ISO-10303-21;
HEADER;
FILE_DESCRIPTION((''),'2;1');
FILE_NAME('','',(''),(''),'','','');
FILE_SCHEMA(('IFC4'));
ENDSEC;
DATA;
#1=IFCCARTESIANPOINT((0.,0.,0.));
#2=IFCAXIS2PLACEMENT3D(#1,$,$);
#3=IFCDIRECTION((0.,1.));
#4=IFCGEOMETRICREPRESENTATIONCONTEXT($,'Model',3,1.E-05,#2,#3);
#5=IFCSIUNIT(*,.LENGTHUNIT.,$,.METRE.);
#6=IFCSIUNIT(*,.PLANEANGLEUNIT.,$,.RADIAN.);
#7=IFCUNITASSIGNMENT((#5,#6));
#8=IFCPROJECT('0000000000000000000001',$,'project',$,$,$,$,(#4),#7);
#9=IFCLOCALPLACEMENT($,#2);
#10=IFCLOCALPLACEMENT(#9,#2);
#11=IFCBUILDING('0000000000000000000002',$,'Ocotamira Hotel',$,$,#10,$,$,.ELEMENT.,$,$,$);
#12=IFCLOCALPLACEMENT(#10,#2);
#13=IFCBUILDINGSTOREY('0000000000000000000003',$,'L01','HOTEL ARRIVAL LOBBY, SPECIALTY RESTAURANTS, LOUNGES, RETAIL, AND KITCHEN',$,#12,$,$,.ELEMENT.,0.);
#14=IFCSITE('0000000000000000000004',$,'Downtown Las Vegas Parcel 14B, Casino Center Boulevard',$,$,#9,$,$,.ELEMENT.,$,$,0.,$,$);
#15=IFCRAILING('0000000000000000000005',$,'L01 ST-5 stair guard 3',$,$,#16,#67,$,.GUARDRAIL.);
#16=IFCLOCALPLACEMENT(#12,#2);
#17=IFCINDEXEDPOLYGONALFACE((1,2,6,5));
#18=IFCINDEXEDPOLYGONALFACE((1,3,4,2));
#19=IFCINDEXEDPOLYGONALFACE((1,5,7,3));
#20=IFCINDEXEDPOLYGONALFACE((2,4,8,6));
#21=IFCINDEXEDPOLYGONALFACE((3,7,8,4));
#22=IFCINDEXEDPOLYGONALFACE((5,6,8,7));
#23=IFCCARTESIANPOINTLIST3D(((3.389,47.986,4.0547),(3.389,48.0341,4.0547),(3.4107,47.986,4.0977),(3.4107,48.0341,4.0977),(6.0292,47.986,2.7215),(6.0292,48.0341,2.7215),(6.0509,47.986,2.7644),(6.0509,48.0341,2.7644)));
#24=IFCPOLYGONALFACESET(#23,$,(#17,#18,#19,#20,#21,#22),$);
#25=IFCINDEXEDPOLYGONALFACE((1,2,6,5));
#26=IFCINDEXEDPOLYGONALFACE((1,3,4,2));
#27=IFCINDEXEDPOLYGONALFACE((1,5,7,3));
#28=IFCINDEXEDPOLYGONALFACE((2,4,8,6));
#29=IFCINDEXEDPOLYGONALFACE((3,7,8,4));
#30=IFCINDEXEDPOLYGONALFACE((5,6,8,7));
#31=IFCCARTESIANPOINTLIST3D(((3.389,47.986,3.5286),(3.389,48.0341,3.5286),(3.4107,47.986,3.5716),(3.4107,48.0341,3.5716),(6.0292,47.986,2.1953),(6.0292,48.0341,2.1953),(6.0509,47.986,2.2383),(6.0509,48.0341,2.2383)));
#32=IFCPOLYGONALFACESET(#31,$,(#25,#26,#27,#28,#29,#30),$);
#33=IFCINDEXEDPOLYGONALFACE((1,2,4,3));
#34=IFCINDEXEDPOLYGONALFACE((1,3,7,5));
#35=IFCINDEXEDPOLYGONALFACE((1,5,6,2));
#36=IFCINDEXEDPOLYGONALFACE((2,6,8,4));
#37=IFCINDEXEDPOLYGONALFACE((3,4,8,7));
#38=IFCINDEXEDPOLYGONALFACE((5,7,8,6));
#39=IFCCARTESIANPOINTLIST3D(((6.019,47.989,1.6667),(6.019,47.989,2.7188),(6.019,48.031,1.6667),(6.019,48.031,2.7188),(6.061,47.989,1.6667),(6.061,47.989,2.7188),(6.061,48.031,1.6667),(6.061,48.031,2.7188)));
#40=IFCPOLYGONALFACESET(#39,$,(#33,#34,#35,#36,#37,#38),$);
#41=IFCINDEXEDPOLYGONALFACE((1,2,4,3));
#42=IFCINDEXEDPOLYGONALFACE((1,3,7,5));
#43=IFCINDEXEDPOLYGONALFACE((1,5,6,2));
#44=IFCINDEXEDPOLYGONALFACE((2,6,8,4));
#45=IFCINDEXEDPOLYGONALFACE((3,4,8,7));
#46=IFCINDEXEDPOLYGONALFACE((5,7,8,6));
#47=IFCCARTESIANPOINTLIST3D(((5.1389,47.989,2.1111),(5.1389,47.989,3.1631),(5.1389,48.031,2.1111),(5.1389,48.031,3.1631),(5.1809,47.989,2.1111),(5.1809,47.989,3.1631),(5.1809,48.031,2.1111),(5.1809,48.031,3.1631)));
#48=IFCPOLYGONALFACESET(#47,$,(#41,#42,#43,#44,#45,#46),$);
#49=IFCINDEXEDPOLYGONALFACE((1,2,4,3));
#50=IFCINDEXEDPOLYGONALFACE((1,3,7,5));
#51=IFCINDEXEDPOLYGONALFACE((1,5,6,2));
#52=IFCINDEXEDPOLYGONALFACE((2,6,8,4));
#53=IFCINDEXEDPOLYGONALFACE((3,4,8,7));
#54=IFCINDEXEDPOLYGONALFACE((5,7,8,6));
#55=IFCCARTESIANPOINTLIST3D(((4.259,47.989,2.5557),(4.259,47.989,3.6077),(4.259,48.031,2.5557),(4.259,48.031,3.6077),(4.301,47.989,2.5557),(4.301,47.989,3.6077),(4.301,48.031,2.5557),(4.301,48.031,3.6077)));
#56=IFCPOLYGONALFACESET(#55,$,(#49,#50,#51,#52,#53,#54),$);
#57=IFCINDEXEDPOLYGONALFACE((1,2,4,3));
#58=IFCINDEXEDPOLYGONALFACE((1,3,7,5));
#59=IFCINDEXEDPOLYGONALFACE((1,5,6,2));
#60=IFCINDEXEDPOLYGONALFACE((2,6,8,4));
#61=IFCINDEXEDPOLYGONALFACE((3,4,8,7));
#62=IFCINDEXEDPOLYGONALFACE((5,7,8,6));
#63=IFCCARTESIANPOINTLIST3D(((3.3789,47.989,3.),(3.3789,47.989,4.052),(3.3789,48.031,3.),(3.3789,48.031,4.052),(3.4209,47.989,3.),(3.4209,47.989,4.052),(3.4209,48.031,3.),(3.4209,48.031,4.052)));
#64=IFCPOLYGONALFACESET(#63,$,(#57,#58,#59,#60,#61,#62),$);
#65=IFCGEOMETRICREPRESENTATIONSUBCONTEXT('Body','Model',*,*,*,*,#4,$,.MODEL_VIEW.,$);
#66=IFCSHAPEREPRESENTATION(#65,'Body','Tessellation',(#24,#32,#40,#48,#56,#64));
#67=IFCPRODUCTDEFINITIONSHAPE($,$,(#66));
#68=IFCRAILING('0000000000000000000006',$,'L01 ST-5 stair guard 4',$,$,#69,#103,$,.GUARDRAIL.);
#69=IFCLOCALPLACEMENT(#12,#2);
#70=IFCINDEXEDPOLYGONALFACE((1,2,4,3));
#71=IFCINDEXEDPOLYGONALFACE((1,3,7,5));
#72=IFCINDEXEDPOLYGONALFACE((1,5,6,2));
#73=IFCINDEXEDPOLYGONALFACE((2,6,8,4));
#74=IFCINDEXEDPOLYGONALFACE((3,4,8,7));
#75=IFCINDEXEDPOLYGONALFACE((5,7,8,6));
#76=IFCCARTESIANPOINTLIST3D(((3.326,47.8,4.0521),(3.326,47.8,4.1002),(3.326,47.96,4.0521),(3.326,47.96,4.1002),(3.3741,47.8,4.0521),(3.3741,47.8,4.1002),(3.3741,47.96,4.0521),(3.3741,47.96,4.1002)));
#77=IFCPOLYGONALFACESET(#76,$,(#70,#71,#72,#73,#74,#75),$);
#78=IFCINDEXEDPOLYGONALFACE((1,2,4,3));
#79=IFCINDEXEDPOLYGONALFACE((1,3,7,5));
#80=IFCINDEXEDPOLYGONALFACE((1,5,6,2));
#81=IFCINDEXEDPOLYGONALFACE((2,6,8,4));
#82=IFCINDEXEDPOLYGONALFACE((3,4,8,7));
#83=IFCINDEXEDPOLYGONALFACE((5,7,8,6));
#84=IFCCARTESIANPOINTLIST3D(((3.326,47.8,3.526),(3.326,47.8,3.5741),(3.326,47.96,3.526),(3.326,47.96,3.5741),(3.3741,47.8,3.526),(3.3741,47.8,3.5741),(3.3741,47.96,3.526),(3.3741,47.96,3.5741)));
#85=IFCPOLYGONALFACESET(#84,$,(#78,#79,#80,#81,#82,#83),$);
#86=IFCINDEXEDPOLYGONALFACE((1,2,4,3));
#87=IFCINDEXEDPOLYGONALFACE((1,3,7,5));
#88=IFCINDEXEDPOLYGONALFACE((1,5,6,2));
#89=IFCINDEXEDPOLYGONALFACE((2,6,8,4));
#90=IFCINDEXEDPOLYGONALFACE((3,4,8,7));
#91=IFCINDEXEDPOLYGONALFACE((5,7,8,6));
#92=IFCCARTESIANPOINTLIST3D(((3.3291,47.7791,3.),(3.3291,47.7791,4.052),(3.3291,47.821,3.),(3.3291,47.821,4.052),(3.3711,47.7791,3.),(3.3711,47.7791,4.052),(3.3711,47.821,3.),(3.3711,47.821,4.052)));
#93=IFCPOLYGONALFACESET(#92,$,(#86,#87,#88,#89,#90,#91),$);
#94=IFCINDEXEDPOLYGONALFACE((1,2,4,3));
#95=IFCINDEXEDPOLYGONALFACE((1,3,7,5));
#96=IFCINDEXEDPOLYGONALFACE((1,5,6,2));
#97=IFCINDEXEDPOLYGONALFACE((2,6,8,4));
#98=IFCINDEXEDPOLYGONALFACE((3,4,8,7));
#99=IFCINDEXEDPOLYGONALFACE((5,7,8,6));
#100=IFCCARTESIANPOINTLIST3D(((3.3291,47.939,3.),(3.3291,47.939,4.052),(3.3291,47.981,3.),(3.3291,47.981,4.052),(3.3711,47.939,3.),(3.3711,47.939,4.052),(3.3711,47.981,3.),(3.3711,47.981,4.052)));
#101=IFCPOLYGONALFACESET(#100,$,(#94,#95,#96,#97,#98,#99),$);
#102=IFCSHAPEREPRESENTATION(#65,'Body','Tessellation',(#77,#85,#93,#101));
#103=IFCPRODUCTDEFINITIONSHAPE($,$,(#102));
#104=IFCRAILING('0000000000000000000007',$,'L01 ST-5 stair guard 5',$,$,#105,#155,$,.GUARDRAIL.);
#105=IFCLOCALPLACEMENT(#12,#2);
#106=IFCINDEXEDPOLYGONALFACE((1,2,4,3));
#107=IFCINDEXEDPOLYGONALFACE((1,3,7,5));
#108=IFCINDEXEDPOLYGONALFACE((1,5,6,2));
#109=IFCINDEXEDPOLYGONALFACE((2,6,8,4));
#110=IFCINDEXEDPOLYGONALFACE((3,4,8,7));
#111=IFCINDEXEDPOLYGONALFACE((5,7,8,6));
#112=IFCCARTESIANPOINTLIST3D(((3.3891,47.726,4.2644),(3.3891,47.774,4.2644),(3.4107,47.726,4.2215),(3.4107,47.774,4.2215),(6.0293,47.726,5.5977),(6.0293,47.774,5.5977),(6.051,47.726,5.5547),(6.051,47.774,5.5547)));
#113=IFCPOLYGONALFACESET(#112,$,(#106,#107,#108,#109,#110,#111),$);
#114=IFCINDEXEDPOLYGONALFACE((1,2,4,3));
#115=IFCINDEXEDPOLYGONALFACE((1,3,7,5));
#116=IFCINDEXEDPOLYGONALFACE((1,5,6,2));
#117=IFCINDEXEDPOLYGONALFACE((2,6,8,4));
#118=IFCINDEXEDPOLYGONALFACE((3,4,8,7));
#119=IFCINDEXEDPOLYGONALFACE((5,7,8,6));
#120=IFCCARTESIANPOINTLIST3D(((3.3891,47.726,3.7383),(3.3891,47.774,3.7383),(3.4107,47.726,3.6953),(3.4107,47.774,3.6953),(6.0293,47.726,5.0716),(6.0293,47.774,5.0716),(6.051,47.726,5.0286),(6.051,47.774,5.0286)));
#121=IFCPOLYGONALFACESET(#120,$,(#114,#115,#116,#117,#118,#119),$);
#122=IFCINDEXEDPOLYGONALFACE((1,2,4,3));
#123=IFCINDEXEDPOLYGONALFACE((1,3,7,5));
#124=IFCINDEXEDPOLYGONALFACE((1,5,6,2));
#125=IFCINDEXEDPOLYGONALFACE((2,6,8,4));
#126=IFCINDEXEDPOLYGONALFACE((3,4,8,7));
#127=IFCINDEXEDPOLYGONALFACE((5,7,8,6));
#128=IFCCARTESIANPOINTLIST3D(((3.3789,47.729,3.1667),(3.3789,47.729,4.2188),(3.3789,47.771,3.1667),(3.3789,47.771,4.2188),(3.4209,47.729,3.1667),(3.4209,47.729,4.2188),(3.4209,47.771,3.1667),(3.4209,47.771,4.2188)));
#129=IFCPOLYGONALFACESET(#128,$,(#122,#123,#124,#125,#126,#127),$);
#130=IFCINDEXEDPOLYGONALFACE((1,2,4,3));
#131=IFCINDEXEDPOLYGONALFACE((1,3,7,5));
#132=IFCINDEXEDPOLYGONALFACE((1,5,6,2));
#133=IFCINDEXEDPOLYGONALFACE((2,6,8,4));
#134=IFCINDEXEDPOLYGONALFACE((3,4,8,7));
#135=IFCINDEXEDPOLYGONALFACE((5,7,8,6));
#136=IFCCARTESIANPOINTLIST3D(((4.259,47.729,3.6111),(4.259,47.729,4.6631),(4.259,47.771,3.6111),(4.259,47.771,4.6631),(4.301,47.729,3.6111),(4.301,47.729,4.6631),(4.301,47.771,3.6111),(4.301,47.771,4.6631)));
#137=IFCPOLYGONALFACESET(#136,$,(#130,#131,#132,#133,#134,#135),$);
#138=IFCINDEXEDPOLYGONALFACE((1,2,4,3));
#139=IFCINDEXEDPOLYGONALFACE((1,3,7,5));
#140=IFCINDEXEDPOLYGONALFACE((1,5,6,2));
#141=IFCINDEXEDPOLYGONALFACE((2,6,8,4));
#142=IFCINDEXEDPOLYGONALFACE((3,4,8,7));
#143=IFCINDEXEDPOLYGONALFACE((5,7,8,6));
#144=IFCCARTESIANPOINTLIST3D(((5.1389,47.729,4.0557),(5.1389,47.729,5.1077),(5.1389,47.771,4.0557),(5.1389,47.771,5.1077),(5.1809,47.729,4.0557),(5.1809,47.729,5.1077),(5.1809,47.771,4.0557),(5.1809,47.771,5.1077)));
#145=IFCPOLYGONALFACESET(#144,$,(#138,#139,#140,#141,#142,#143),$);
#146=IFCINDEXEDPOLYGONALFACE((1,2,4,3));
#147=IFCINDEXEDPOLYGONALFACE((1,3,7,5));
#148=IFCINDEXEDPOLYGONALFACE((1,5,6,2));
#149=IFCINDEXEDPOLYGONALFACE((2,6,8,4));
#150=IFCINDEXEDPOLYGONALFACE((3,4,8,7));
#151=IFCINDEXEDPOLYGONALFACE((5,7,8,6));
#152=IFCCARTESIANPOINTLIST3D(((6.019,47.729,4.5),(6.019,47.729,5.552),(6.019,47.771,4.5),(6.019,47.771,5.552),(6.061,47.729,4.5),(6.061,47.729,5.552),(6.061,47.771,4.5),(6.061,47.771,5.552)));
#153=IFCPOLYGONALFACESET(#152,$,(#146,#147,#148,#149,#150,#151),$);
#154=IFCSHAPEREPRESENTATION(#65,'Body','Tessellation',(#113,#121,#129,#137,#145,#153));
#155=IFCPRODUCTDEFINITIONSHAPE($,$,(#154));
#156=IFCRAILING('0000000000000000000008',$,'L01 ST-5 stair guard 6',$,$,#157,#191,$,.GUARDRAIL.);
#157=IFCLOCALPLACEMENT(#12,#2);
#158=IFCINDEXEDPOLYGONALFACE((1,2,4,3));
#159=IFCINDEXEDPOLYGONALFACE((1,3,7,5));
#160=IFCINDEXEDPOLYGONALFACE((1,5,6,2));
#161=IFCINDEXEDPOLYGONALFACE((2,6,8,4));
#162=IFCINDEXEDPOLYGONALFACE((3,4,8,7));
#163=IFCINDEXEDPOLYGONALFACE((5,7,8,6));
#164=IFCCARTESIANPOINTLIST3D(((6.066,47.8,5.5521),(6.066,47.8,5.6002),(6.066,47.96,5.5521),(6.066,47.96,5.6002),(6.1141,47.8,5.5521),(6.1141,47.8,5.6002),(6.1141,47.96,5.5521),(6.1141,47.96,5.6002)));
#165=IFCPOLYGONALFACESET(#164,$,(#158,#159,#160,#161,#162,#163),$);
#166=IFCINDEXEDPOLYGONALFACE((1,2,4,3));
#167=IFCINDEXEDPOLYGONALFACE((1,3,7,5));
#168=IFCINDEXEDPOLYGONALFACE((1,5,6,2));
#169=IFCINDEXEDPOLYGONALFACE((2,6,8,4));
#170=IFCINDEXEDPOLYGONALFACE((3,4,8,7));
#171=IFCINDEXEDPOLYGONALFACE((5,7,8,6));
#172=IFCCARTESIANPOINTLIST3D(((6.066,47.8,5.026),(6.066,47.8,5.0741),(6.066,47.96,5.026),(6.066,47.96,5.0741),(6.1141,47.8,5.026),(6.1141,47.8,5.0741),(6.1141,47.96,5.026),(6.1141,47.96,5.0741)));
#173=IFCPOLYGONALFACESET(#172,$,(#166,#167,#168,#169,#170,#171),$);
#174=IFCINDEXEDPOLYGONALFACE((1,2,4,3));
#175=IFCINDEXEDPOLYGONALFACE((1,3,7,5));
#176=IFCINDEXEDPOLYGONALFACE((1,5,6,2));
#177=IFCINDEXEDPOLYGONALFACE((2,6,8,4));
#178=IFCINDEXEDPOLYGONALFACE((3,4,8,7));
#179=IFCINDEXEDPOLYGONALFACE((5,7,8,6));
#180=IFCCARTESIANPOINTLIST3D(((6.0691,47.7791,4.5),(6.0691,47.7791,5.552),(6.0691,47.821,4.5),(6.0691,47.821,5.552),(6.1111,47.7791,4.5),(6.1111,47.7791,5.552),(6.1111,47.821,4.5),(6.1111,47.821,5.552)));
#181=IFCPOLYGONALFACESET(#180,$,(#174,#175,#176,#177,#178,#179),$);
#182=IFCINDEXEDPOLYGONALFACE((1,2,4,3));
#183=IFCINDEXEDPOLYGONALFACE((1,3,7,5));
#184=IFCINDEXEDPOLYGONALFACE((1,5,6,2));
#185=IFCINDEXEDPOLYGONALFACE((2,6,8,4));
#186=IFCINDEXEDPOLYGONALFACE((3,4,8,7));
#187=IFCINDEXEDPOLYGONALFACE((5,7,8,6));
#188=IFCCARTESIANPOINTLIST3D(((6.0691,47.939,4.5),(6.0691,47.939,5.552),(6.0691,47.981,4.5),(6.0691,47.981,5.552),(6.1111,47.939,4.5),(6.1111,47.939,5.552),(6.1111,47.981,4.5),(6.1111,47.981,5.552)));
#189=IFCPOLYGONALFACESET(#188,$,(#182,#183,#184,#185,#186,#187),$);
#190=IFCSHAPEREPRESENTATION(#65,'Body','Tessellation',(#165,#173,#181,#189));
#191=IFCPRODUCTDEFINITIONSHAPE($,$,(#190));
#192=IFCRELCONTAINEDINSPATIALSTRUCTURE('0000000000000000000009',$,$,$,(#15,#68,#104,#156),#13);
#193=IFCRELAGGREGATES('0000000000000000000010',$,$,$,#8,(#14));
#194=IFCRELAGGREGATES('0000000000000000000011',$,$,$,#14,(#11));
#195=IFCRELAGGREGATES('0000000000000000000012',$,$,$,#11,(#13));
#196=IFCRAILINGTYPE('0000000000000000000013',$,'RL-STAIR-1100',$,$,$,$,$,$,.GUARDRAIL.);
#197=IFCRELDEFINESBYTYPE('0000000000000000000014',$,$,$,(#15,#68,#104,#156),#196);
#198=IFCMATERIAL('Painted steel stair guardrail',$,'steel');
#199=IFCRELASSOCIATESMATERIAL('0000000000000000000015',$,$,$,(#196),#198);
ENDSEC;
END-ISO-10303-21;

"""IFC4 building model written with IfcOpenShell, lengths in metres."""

from ifc_helpers import new_model, si_unit, direction, frame, origin, origin_2d, place, context, subcontext, project, spatial, rectangle, extrude, material, type_object, element, save


model = new_model("IFC4")

# Units and contexts
model_context = context("Model", 3, precision=1e-05, world=origin(), true_north=direction((0.0, 1.0)))
body_context = subcontext(model_context, "Body", "Model", "MODEL_VIEW")
ifc_project = project(units=[si_unit("LENGTHUNIT", "METRE"), si_unit("PLANEANGLEUNIT", "RADIAN")], contexts=[model_context])

# Site, building, storey
site_placement = place(None, origin())
site = spatial("IfcSite", under=ifc_project, at=site_placement, Name="Downtown Las Vegas Parcel 14B, Casino Center Boulevard", CompositionType="ELEMENT", RefElevation=0.0)
building_placement = place(site_placement, origin())
building = spatial("IfcBuilding", under=site, at=building_placement, Name="Ocotamira Hotel", CompositionType="ELEMENT")
storey_placement = place(building_placement, origin())
storey = spatial("IfcBuildingStorey", under=building, at=storey_placement, Name="L01", Description="HOTEL ARRIVAL LOBBY, SPECIALTY RESTAURANTS, LOUNGES, RETAIL, AND KITCHEN", CompositionType="ELEMENT", Elevation=0.0)

# Railings
ifc_material_1 = material(Name="Painted steel stair guardrail", Category="steel")
railing_type_1 = type_object("IfcRailingType", Name="RL-STAIR-1100", PredefinedType="GUARDRAIL", material=ifc_material_1)
railing_1_placement = place(storey_placement, frame((6.04, 48.01, 1.6667)))
element("IfcRailing", 1, at=railing_1_placement, inside=storey, type_object=railing_type_1, Name="L01 ST-5 stair guard 3", PredefinedType="GUARDRAIL", context=body_context, shape_type="SweptSolid", body=[
    extrude(rectangle(XDim=0.0481, YDim=0.0481, at=origin_2d()), frame((0.0, 0.0, 1.0762), z_axis=(-0.892637, 0.0, 0.450776), x_axis=(0.0, -1.0, 0.0)), (0.0, 0.0, 1.0), 2.9578),
    extrude(rectangle(XDim=0.0481, YDim=0.0481, at=origin_2d()), frame((0.0, 0.0, 0.55), z_axis=(-0.892637, 0.0, 0.450776), x_axis=(0.0, -1.0, 0.0)), (0.0, 0.0, 1.0), 2.9578),
    extrude(rectangle(XDim=0.042, YDim=0.042, at=origin_2d()), origin(), (0.0, 0.0, 1.0), 1.052),
    extrude(rectangle(XDim=0.042, YDim=0.042, at=origin_2d()), frame((-0.8801, 0.0, 0.4443)), (0.0, 0.0, 1.0), 1.052),
    extrude(rectangle(XDim=0.042, YDim=0.042, at=origin_2d()), frame((-1.76, 0.0, 0.8889)), (0.0, 0.0, 1.0), 1.052),
    extrude(rectangle(XDim=0.042, YDim=0.042, at=origin_2d()), frame((-2.6401, 0.0, 1.3333)), (0.0, 0.0, 1.0), 1.052),
])
railing_2_placement = place(storey_placement, frame((3.3501, 47.8, 3.0)))
element("IfcRailing", 2, at=railing_2_placement, inside=storey, type_object=railing_type_1, Name="L01 ST-5 stair guard 4", PredefinedType="GUARDRAIL", context=body_context, shape_type="SweptSolid", body=[
    extrude(rectangle(XDim=0.0481, YDim=0.0481, at=origin_2d()), frame((0.0, 0.0, 1.0762), z_axis=(0.0, 1.0, 0.0), x_axis=(-1.0, 0.0, 0.0)), (0.0, 0.0, 1.0), 0.1599),
    extrude(rectangle(XDim=0.0481, YDim=0.0481, at=origin_2d()), frame((0.0, 0.0, 0.55), z_axis=(0.0, 1.0, 0.0), x_axis=(-1.0, 0.0, 0.0)), (0.0, 0.0, 1.0), 0.1599),
    extrude(rectangle(XDim=0.042, YDim=0.042, at=origin_2d()), origin(), (0.0, 0.0, 1.0), 1.052),
    extrude(rectangle(XDim=0.042, YDim=0.042, at=origin_2d()), frame((0.0, 0.1599, 0.0)), (0.0, 0.0, 1.0), 1.052),
])
railing_3_placement = place(storey_placement, frame((3.3999, 47.75, 3.1667)))
element("IfcRailing", 3, at=railing_3_placement, inside=storey, type_object=railing_type_1, Name="L01 ST-5 stair guard 5", PredefinedType="GUARDRAIL", context=body_context, shape_type="SweptSolid", body=[
    extrude(rectangle(XDim=0.0481, YDim=0.0481, at=origin_2d()), frame((0.0, 0.0, 1.0762), z_axis=(0.892637, 0.0, 0.450776), x_axis=(0.0, 1.0, 0.0)), (0.0, 0.0, 1.0), 2.9578),
    extrude(rectangle(XDim=0.0481, YDim=0.0481, at=origin_2d()), frame((0.0, 0.0, 0.55), z_axis=(0.892637, 0.0, 0.450776), x_axis=(0.0, 1.0, 0.0)), (0.0, 0.0, 1.0), 2.9578),
    extrude(rectangle(XDim=0.042, YDim=0.042, at=origin_2d()), origin(), (0.0, 0.0, 1.0), 1.052),
    extrude(rectangle(XDim=0.042, YDim=0.042, at=origin_2d()), frame((0.8801, 0.0, 0.4443)), (0.0, 0.0, 1.0), 1.052),
    extrude(rectangle(XDim=0.042, YDim=0.042, at=origin_2d()), frame((1.76, 0.0, 0.8889)), (0.0, 0.0, 1.0), 1.052),
    extrude(rectangle(XDim=0.042, YDim=0.042, at=origin_2d()), frame((2.6401, 0.0, 1.3333)), (0.0, 0.0, 1.0), 1.052),
])
railing_4_placement = place(storey_placement, frame((6.0901, 47.8, 4.5)))
element("IfcRailing", 4, at=railing_4_placement, inside=storey, type_object=railing_type_1, Name="L01 ST-5 stair guard 6", PredefinedType="GUARDRAIL", context=body_context, shape_type="SweptSolid", body=[
    extrude(rectangle(XDim=0.0481, YDim=0.0481, at=origin_2d()), frame((0.0, 0.0, 1.0762), z_axis=(0.0, 1.0, 0.0), x_axis=(-1.0, 0.0, 0.0)), (0.0, 0.0, 1.0), 0.1599),
    extrude(rectangle(XDim=0.0481, YDim=0.0481, at=origin_2d()), frame((0.0, 0.0, 0.55), z_axis=(0.0, 1.0, 0.0), x_axis=(-1.0, 0.0, 0.0)), (0.0, 0.0, 1.0), 0.1599),
    extrude(rectangle(XDim=0.042, YDim=0.042, at=origin_2d()), origin(), (0.0, 0.0, 1.0), 1.052),
    extrude(rectangle(XDim=0.042, YDim=0.042, at=origin_2d()), frame((0.0, 0.1599, 0.0)), (0.0, 0.0, 1.0), 1.052),
])

save(model, "model.ifc")
